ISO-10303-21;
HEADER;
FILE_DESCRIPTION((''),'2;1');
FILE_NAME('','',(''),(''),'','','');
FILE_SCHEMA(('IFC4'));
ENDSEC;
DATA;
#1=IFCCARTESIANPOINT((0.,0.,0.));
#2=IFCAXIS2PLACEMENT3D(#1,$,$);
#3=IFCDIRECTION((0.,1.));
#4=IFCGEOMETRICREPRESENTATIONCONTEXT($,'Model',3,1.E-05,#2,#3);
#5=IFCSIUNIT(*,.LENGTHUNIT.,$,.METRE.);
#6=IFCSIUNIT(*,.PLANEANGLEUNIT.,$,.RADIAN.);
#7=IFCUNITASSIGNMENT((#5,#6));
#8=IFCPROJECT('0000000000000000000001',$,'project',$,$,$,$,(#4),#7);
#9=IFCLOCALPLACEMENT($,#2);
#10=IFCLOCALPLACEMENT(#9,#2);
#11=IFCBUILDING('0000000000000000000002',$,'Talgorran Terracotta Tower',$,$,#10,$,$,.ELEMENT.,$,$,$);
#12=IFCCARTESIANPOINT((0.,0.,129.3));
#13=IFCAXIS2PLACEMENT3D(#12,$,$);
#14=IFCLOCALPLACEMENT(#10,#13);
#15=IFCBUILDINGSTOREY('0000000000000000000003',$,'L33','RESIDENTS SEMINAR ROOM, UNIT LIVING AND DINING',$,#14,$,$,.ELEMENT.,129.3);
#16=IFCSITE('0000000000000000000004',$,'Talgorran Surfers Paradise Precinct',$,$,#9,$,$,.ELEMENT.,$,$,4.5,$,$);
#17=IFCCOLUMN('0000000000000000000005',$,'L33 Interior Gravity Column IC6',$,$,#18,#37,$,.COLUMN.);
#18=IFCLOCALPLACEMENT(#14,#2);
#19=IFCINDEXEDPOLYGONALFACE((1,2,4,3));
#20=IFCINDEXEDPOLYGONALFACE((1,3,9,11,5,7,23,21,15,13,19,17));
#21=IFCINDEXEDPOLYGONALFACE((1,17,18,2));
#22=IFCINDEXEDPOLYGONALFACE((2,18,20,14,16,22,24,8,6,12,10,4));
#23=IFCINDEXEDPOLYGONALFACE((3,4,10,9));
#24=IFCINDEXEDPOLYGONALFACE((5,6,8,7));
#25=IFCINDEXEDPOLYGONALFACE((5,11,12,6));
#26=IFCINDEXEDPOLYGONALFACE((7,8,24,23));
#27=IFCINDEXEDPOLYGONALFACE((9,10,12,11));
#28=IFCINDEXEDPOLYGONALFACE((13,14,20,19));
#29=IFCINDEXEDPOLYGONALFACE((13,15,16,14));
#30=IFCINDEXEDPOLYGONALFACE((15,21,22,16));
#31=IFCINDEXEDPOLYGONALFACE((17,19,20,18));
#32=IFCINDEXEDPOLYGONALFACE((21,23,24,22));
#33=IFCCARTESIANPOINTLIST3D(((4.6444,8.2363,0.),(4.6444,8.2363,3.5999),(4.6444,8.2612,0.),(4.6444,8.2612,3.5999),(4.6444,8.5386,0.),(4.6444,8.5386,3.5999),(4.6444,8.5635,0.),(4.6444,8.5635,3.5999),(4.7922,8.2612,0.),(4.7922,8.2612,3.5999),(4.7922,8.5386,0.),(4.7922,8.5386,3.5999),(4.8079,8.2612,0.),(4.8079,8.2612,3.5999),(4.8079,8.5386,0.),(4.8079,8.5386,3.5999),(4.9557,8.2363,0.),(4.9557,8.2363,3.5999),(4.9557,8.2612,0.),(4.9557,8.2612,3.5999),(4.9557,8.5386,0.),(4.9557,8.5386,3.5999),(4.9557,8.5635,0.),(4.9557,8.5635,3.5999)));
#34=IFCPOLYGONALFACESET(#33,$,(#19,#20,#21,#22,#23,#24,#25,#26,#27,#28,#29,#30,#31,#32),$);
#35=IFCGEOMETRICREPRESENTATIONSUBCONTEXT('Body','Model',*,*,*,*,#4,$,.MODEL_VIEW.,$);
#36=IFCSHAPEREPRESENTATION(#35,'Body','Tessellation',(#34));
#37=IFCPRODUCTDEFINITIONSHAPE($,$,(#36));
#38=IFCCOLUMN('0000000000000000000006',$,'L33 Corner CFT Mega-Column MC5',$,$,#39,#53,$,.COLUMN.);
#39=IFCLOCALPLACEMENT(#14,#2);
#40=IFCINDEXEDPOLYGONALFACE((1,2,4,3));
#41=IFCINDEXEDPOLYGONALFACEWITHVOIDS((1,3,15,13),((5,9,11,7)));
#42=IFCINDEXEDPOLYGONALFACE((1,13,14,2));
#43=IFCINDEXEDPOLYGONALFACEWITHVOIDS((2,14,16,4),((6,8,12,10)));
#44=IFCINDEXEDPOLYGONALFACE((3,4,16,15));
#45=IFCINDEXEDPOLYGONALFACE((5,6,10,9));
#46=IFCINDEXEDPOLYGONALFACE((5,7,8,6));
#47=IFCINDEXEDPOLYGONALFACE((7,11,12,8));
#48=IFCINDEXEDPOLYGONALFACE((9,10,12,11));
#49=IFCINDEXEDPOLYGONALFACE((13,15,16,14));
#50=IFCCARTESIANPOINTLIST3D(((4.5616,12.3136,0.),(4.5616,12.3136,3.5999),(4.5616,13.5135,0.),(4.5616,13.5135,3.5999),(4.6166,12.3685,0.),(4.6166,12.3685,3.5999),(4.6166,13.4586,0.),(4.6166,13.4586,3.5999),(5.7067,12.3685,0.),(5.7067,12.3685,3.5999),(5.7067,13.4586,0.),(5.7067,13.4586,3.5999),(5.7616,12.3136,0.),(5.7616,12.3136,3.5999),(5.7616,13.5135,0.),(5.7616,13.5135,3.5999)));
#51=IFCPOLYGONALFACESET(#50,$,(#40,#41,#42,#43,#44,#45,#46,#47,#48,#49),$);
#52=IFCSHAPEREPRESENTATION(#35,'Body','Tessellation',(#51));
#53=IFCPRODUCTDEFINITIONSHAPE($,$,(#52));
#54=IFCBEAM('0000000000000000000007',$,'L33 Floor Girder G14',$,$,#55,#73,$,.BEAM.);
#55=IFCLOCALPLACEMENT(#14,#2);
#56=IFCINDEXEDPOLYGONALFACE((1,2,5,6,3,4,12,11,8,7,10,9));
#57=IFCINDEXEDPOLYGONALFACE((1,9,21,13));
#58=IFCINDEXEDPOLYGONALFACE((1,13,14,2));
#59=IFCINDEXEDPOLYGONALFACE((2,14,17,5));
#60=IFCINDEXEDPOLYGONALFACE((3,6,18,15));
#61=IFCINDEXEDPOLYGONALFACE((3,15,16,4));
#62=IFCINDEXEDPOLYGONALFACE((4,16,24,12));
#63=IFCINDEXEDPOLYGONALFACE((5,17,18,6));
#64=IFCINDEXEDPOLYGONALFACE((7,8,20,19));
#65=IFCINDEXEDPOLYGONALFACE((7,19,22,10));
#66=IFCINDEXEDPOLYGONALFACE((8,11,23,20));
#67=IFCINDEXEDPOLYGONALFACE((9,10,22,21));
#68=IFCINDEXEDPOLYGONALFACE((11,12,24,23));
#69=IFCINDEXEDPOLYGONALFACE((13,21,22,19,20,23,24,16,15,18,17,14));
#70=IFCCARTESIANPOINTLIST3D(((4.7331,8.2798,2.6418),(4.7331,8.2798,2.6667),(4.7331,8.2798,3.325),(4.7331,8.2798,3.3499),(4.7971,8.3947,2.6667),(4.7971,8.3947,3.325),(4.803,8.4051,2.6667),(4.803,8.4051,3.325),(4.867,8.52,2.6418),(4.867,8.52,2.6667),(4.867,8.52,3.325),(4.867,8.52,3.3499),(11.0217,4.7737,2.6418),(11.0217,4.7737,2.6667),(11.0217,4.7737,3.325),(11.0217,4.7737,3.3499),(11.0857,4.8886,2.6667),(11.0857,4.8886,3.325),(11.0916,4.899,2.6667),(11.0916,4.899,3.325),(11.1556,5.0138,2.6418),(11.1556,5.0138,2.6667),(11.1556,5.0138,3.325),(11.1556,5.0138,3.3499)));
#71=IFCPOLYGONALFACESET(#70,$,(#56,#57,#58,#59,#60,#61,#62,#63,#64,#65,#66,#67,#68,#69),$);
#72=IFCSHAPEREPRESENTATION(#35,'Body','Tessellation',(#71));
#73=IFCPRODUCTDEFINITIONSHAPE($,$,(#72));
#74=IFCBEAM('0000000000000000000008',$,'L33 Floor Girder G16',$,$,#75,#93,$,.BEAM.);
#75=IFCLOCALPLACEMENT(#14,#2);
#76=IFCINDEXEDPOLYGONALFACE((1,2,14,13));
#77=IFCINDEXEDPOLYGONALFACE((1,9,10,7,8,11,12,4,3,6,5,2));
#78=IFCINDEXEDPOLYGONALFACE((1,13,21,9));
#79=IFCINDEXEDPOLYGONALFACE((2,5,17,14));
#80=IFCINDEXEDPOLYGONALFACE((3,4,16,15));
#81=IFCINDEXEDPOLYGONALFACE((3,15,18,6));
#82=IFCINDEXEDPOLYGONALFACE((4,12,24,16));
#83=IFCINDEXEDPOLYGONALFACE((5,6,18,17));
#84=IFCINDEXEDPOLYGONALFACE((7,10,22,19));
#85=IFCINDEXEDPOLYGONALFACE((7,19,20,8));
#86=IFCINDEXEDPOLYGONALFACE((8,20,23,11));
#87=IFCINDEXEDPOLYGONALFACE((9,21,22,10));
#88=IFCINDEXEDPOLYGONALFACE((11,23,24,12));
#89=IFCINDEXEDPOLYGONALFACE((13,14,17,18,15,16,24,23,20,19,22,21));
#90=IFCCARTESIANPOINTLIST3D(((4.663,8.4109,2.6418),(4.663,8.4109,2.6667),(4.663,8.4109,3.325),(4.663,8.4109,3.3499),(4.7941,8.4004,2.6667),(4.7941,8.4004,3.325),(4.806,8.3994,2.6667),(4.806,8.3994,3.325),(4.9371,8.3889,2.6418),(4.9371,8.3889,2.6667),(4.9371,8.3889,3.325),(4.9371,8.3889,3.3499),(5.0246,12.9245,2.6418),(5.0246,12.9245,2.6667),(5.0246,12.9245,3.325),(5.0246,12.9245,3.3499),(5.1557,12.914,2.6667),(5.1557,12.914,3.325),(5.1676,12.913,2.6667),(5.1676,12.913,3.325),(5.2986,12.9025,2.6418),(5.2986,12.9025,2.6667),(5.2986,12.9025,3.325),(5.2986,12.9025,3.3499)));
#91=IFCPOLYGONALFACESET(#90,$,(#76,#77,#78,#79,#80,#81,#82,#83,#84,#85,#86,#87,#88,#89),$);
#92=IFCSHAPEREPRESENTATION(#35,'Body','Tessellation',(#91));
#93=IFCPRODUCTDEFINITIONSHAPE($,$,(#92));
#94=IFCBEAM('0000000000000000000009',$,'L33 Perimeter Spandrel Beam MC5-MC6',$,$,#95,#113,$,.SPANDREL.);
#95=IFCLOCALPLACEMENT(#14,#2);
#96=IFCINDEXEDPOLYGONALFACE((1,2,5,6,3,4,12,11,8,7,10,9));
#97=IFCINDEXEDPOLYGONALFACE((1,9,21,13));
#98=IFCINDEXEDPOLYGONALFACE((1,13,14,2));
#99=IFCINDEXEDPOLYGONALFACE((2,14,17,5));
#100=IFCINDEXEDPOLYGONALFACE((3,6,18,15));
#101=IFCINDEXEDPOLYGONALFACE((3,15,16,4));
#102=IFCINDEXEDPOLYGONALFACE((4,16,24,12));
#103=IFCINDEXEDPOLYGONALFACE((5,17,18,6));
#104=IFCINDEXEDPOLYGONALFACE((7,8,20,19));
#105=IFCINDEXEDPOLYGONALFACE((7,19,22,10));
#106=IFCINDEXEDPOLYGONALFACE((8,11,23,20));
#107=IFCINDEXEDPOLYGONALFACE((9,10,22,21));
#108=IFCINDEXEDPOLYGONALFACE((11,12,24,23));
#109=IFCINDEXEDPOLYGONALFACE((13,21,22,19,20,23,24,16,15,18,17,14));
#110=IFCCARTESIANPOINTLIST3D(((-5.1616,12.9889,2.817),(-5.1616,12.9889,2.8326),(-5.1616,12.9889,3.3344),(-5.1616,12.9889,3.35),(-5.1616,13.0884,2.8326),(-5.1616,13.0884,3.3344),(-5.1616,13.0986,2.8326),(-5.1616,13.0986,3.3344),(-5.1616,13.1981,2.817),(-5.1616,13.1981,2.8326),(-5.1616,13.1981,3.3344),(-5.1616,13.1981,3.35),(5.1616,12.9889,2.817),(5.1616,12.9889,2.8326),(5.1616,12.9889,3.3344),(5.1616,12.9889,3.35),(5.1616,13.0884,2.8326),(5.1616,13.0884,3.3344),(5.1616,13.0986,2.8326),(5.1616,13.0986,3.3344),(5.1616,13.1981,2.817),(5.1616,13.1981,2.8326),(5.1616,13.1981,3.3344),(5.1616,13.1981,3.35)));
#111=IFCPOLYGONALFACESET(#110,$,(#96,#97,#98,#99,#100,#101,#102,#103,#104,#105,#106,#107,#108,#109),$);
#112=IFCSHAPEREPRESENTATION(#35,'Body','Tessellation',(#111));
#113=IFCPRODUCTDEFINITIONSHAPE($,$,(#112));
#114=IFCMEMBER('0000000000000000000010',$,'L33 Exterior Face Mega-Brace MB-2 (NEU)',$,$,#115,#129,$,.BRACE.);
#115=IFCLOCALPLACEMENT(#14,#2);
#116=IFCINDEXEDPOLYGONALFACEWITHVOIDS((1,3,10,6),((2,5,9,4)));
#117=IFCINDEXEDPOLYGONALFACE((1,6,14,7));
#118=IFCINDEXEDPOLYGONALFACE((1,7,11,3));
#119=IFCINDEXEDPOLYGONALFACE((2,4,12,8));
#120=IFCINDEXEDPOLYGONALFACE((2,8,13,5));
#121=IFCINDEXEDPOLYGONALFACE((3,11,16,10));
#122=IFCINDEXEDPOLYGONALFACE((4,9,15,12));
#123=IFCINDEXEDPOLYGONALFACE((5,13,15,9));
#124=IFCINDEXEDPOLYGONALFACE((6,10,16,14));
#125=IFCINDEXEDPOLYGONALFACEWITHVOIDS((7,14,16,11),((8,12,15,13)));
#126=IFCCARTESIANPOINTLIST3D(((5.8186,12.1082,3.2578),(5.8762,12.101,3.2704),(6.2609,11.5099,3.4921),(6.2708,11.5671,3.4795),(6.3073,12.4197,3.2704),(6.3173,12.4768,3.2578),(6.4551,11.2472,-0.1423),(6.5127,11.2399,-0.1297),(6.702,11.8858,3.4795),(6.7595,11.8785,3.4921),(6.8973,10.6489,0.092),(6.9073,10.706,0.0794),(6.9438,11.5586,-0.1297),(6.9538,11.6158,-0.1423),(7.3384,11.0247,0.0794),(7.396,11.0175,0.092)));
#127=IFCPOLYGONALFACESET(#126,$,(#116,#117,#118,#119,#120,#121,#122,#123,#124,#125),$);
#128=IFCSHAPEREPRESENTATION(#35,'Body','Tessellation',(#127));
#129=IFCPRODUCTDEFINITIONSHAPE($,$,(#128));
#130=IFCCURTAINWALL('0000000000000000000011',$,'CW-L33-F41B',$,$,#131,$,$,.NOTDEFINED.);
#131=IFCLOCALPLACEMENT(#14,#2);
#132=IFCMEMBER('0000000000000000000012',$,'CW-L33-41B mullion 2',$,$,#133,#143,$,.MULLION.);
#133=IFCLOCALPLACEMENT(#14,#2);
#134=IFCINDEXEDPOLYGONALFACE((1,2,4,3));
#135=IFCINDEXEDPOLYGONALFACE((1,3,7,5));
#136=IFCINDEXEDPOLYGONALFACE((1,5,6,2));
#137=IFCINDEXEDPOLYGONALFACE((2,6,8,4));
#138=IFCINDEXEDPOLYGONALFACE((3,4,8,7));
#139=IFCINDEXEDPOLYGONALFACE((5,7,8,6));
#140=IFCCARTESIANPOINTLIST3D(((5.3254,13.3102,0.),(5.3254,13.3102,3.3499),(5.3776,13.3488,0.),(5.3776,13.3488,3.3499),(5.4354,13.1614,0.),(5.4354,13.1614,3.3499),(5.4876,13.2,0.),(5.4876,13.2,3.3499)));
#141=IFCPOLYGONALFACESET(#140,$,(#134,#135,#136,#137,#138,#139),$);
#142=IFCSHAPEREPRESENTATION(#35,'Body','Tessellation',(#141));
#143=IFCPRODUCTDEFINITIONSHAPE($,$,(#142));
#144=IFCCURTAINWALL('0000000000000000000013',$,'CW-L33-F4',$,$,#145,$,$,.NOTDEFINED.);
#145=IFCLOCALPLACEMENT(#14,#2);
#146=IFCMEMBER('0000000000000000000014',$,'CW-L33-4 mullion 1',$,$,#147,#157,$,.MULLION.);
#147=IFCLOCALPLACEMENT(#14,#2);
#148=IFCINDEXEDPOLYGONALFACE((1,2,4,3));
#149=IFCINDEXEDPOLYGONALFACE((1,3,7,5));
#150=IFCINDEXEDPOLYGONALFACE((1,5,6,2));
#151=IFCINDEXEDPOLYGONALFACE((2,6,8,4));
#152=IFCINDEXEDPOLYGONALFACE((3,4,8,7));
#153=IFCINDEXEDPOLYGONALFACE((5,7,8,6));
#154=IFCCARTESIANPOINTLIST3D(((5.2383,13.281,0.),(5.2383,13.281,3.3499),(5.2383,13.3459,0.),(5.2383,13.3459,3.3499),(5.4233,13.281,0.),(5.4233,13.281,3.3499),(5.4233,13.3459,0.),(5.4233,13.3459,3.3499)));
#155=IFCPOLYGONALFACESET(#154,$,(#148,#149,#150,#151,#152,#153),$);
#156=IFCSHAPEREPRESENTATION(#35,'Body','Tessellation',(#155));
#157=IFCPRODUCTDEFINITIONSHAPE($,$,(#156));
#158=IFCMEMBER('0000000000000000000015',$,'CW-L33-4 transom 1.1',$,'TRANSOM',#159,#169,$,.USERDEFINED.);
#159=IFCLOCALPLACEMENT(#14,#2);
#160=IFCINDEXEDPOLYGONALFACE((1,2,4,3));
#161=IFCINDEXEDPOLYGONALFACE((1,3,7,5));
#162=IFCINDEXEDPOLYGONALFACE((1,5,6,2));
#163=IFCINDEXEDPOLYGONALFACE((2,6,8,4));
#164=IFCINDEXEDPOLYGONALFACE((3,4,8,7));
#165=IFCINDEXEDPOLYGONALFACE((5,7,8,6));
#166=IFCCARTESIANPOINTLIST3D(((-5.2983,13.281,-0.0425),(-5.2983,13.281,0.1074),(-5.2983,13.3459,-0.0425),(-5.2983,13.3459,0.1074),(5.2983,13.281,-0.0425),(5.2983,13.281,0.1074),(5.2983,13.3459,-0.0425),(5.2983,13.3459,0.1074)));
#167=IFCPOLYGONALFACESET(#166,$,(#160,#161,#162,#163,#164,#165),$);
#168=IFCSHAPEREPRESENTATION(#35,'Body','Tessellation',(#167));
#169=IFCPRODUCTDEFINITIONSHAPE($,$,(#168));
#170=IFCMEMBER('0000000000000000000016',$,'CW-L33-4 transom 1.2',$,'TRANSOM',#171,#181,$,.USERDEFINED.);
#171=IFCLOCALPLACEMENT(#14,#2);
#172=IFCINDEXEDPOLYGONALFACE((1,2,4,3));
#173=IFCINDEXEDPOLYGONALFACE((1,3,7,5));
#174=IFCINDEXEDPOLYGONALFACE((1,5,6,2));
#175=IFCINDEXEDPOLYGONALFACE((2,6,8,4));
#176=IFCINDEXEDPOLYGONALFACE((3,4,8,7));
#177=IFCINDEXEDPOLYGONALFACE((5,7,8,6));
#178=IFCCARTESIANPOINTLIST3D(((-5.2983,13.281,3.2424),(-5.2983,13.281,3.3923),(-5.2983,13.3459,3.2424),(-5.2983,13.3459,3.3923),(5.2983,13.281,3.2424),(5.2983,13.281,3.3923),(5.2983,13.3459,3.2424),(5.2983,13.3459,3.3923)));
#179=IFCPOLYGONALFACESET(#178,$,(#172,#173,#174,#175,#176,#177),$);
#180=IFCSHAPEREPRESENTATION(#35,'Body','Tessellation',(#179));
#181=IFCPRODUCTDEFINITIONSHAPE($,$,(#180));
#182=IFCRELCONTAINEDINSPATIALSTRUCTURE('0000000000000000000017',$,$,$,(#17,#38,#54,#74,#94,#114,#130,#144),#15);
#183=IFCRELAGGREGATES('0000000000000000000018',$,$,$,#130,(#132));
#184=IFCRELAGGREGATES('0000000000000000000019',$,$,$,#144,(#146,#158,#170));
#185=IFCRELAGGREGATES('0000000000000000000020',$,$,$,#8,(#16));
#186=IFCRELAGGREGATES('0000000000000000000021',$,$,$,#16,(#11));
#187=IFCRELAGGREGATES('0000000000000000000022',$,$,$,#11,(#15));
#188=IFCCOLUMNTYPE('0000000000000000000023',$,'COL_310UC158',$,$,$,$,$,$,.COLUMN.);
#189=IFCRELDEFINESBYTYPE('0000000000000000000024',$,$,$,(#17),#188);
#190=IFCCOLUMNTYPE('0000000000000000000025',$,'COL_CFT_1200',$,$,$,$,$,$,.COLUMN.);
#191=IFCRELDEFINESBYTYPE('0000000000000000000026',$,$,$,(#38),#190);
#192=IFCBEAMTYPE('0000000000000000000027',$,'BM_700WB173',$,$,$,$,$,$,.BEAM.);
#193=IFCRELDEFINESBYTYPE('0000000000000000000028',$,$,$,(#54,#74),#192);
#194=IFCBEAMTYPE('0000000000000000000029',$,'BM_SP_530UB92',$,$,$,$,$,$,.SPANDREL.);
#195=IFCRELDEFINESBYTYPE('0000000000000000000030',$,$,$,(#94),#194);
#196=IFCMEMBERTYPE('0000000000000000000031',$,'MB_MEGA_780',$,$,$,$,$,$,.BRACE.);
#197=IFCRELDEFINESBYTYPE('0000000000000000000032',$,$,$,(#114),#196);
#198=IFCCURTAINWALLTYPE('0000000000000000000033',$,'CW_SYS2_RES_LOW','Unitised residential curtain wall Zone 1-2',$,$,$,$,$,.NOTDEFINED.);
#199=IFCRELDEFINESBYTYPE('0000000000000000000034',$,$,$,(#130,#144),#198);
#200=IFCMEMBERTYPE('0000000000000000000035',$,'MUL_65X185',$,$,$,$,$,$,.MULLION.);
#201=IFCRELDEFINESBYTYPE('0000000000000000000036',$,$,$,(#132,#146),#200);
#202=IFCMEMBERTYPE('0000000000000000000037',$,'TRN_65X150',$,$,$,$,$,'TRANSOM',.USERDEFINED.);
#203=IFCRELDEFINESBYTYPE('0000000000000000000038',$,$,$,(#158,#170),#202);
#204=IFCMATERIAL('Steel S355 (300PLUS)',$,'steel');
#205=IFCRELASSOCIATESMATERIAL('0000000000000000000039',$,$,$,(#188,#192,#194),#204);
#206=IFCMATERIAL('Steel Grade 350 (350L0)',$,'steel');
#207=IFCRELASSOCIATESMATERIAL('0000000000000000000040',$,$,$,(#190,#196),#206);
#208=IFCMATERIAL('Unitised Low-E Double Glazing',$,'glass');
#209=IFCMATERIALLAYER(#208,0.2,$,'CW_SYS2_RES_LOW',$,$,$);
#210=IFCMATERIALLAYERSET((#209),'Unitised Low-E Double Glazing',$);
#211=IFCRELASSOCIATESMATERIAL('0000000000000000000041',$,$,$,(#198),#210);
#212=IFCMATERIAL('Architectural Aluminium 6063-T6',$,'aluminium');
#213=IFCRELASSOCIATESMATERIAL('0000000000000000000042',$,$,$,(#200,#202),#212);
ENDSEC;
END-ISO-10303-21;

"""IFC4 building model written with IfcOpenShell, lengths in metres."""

from ifc_helpers import new_model, si_unit, direction, frame, origin, origin_2d, place, context, subcontext, project, spatial, rectangle, hollow_rectangle, i_section, extrude, material, layer, layer_set, material_profile, profile_set, type_object, element, aggregate, save


model = new_model("IFC4")

# Units and contexts
model_context = context("Model", 3, precision=1e-05, world=origin(), true_north=direction((0.0, 1.0)))
body_context = subcontext(model_context, "Body", "Model", "MODEL_VIEW")
ifc_project = project(units=[si_unit("LENGTHUNIT", "METRE"), si_unit("PLANEANGLEUNIT", "RADIAN")], contexts=[model_context])

# Site, building, storey
site_placement = place(None, origin())
site = spatial("IfcSite", under=ifc_project, at=site_placement, Name="Talgorran Surfers Paradise Precinct", CompositionType="ELEMENT", RefElevation=4.5)
building_placement = place(site_placement, origin())
building = spatial("IfcBuilding", under=site, at=building_placement, Name="Talgorran Terracotta Tower", CompositionType="ELEMENT")
storey_placement = place(building_placement, frame((0.0, 0.0, 129.3)))
storey = spatial("IfcBuildingStorey", under=building, at=storey_placement, Name="L33", Description="RESIDENTS SEMINAR ROOM, UNIT LIVING AND DINING", CompositionType="ELEMENT", Elevation=129.3)

# Columns
ifc_material_1 = material(Name="Steel S355 (300PLUS)", Category="steel")
ifc_material_profile_1 = material_profile(ifc_material_1, i_section(OverallWidth=0.3113, OverallDepth=0.3271, WebThickness=0.0156, FlangeThickness=0.0249, at=origin_2d()), Name="310UC158")
ifc_profile_set_1 = profile_set([ifc_material_profile_1], Name="Steel S355 (300PLUS)")
column_type_1 = type_object("IfcColumnType", Name="COL_310UC158", PredefinedType="COLUMN", material=ifc_profile_set_1)
column_1_placement = place(storey_placement, frame((4.8, 8.3999, 0.0), z_axis=(0.0, 0.0, 1.0), x_axis=(1.0, 0.0, 0.0)))
element("IfcColumn", 1, at=column_1_placement, inside=storey, type_object=column_type_1, Name="L33 Interior Gravity Column IC6", PredefinedType="COLUMN", context=body_context, shape_type="SweptSolid", body=[
    extrude(i_section(OverallWidth=0.3113, OverallDepth=0.3271, WebThickness=0.0156, FlangeThickness=0.0249, at=origin_2d()), origin(), (0.0, 0.0, 1.0), 3.5999),
])
ifc_material_2 = material(Name="Steel Grade 350 (350L0)", Category="steel")
ifc_material_profile_2 = material_profile(ifc_material_2, hollow_rectangle(XDim=1.2, YDim=1.2, WallThickness=0.0549, at=origin_2d()), Name="CFT1200X1200X55")
ifc_profile_set_2 = profile_set([ifc_material_profile_2], Name="Steel Grade 350 (350L0)")
column_type_2 = type_object("IfcColumnType", Name="COL_CFT_1200", PredefinedType="COLUMN", material=ifc_profile_set_2)
column_2_placement = place(storey_placement, frame((5.1616, 12.9136, 0.0), z_axis=(0.0, 0.0, 1.0), x_axis=(1.0, 0.0, 0.0)))
element("IfcColumn", 2, at=column_2_placement, inside=storey, type_object=column_type_2, Name="L33 Corner CFT Mega-Column MC5", PredefinedType="COLUMN", context=body_context, shape_type="SweptSolid", body=[
    extrude(hollow_rectangle(XDim=1.2, YDim=1.2, WallThickness=0.0549, at=origin_2d()), origin(), (0.0, 0.0, 1.0), 3.5999),
])

# Beams
ifc_material_profile_3 = material_profile(ifc_material_1, i_section(OverallWidth=0.2749, OverallDepth=0.708, WebThickness=0.012, FlangeThickness=0.0249, at=origin_2d()), Name="700WB173")
ifc_profile_set_3 = profile_set([ifc_material_profile_3], Name="Steel S355 (300PLUS)")
beam_type_1 = type_object("IfcBeamType", Name="BM_700WB173", PredefinedType="BEAM", material=ifc_profile_set_3)
beam_1_placement = place(storey_placement, frame((4.8, 8.3999, 2.9958), z_axis=(0.873422, -0.486964, 0.0), x_axis=(0.486964, 0.873422, 0.0)))
element("IfcBeam", 3, at=beam_1_placement, inside=storey, type_object=beam_type_1, Name="L33 Floor Girder G14", PredefinedType="BEAM", context=body_context, shape_type="SweptSolid", body=[
    extrude(i_section(OverallWidth=0.2749, OverallDepth=0.708, WebThickness=0.012, FlangeThickness=0.0249, at=origin_2d()), origin(), (0.0, 0.0, 1.0), 7.2),
])
beam_2_placement = place(storey_placement, frame((4.8, 8.3999, 2.9958), z_axis=(0.07985, 0.996807, 0.0), x_axis=(-0.996807, 0.07985, 0.0)))
element("IfcBeam", 4, at=beam_2_placement, inside=storey, type_object=beam_type_1, Name="L33 Floor Girder G16", PredefinedType="BEAM", context=body_context, shape_type="SweptSolid", body=[
    extrude(i_section(OverallWidth=0.2749, OverallDepth=0.708, WebThickness=0.012, FlangeThickness=0.0249, at=origin_2d()), origin(), (0.0, 0.0, 1.0), 4.5281),
])
ifc_material_profile_4 = material_profile(ifc_material_1, i_section(OverallWidth=0.2092, OverallDepth=0.533, WebThickness=0.0103, FlangeThickness=0.0156, at=origin_2d()), Name="530UB92.4")
ifc_profile_set_4 = profile_set([ifc_material_profile_4], Name="Steel S355 (300PLUS)")
beam_type_2 = type_object("IfcBeamType", Name="BM_SP_530UB92", PredefinedType="SPANDREL", material=ifc_profile_set_4)
beam_3_placement = place(storey_placement, frame((5.1616, 13.0935, 3.0835), z_axis=(-1.0, 0.0, 0.0), x_axis=(0.0, -1.0, 0.0)))
element("IfcBeam", 5, at=beam_3_placement, inside=storey, type_object=beam_type_2, Name="L33 Perimeter Spandrel Beam MC5-MC6", PredefinedType="SPANDREL", context=body_context, shape_type="SweptSolid", body=[
    extrude(i_section(OverallWidth=0.2092, OverallDepth=0.533, WebThickness=0.0103, FlangeThickness=0.0156, at=origin_2d()), origin(), (0.0, 0.0, 1.0), 10.3232),
])

# Member
ifc_material_profile_5 = material_profile(ifc_material_2, hollow_rectangle(XDim=0.6201, YDim=0.78, WallThickness=0.042, at=origin_2d()), Name="WBOX780X620X42")
ifc_profile_set_5 = profile_set([ifc_material_profile_5], Name="Steel Grade 350 (350L0)")
member_type_1 = type_object("IfcMemberType", Name="MB_MEGA_780", PredefinedType="BRACE", material=ifc_profile_set_5)
member_1_placement = place(storey_placement, frame((6.9255, 11.1323, -0.0251), z_axis=(-0.178546, 0.241554, 0.95382), x_axis=(-0.804167, -0.594404, 0.0)))
element("IfcMember", 6, at=member_1_placement, inside=storey, type_object=member_type_1, Name="L33 Exterior Face Mega-Brace MB-2 (NEU)", PredefinedType="BRACE", context=body_context, shape_type="SweptSolid", body=[
    extrude(hollow_rectangle(XDim=0.6201, YDim=0.78, WallThickness=0.042, at=origin_2d()), origin(), (0.0, 0.0, 1.0), 3.5647),
])

# Curtain wall, member
ifc_material_3 = material(Name="Unitised Low-E Double Glazing", Category="glass")
ifc_layer_1 = layer(ifc_material_3, 0.2, Name="CW_SYS2_RES_LOW")
ifc_layer_set_1 = layer_set([ifc_layer_1], Name="Unitised Low-E Double Glazing")
curtain_wall_type = type_object("IfcCurtainWallType", Name="CW_SYS2_RES_LOW", Description="Unitised residential curtain wall Zone 1-2", PredefinedType="NOTDEFINED", material=ifc_layer_set_1)
curtain_wall_1_placement = place(storey_placement, origin())
curtain_wall_1 = element("IfcCurtainWall", 7, at=curtain_wall_1_placement, inside=storey, type_object=curtain_wall_type, Name="CW-L33-F41B", PredefinedType="NOTDEFINED")
ifc_material_4 = material(Name="Architectural Aluminium 6063-T6", Category="aluminium")
ifc_material_profile_6 = material_profile(ifc_material_4, rectangle(XDim=0.0649, YDim=0.1851, at=origin_2d()), Name="CWM65X185")
ifc_profile_set_6 = profile_set([ifc_material_profile_6], Name="Architectural Aluminium 6063-T6")
member_type_2 = type_object("IfcMemberType", Name="MUL_65X185", PredefinedType="MULLION", material=ifc_profile_set_6)
member_2_placement = place(storey_placement, frame((5.4065, 13.2551, 0.0), z_axis=(0.0, 0.0, 1.0), x_axis=(-0.80421, -0.594346, 0.0)))
member_2 = element("IfcMember", 8, at=member_2_placement, type_object=member_type_2, Name="CW-L33-41B mullion 2", PredefinedType="MULLION", context=body_context, shape_type="SweptSolid", body=[
    extrude(rectangle(XDim=0.0649, YDim=0.1851, at=origin_2d()), origin(), (0.0, 0.0, 1.0), 3.3499),
])

# Curtain wall, members
curtain_wall_2_placement = place(storey_placement, origin())
curtain_wall_2 = element("IfcCurtainWall", 9, at=curtain_wall_2_placement, inside=storey, type_object=curtain_wall_type, Name="CW-L33-F4", PredefinedType="NOTDEFINED")
member_3_placement = place(storey_placement, frame((5.3308, 13.3135, 0.0), z_axis=(0.0, 0.0, 1.0), x_axis=(0.0, -1.0, 0.0)))
member_3 = element("IfcMember", 10, at=member_3_placement, type_object=member_type_2, Name="CW-L33-4 mullion 1", PredefinedType="MULLION", context=body_context, shape_type="SweptSolid", body=[
    extrude(rectangle(XDim=0.0649, YDim=0.1851, at=origin_2d()), origin(), (0.0, 0.0, 1.0), 3.3499),
])
ifc_material_profile_7 = material_profile(ifc_material_4, rectangle(XDim=0.0649, YDim=0.1499, at=origin_2d()), Name="CWT65X150")
ifc_profile_set_7 = profile_set([ifc_material_profile_7], Name="Architectural Aluminium 6063-T6")
member_type_3 = type_object("IfcMemberType", Name="TRN_65X150", ElementType="TRANSOM", PredefinedType="USERDEFINED", material=ifc_profile_set_7)
member_4_placement = place(storey_placement, frame((5.2983, 13.3135, 0.0325), z_axis=(-1.0, 0.0, 0.0), x_axis=(0.0, -1.0, 0.0)))
member_4 = element("IfcMember", 11, at=member_4_placement, type_object=member_type_3, Name="CW-L33-4 transom 1.1", ObjectType="TRANSOM", PredefinedType="USERDEFINED", context=body_context, shape_type="SweptSolid", body=[
    extrude(rectangle(XDim=0.0649, YDim=0.1499, at=origin_2d()), origin(), (0.0, 0.0, 1.0), 10.5967),
])
member_5_placement = place(storey_placement, frame((5.2983, 13.3135, 3.3174), z_axis=(-1.0, 0.0, 0.0), x_axis=(0.0, -1.0, 0.0)))
member_5 = element("IfcMember", 12, at=member_5_placement, type_object=member_type_3, Name="CW-L33-4 transom 1.2", ObjectType="TRANSOM", PredefinedType="USERDEFINED", context=body_context, shape_type="SweptSolid", body=[
    extrude(rectangle(XDim=0.0649, YDim=0.1499, at=origin_2d()), origin(), (0.0, 0.0, 1.0), 10.5967),
])

aggregate(curtain_wall_1, [member_2])
aggregate(curtain_wall_2, [member_3, member_4, member_5])

save(model, "model.ifc")
